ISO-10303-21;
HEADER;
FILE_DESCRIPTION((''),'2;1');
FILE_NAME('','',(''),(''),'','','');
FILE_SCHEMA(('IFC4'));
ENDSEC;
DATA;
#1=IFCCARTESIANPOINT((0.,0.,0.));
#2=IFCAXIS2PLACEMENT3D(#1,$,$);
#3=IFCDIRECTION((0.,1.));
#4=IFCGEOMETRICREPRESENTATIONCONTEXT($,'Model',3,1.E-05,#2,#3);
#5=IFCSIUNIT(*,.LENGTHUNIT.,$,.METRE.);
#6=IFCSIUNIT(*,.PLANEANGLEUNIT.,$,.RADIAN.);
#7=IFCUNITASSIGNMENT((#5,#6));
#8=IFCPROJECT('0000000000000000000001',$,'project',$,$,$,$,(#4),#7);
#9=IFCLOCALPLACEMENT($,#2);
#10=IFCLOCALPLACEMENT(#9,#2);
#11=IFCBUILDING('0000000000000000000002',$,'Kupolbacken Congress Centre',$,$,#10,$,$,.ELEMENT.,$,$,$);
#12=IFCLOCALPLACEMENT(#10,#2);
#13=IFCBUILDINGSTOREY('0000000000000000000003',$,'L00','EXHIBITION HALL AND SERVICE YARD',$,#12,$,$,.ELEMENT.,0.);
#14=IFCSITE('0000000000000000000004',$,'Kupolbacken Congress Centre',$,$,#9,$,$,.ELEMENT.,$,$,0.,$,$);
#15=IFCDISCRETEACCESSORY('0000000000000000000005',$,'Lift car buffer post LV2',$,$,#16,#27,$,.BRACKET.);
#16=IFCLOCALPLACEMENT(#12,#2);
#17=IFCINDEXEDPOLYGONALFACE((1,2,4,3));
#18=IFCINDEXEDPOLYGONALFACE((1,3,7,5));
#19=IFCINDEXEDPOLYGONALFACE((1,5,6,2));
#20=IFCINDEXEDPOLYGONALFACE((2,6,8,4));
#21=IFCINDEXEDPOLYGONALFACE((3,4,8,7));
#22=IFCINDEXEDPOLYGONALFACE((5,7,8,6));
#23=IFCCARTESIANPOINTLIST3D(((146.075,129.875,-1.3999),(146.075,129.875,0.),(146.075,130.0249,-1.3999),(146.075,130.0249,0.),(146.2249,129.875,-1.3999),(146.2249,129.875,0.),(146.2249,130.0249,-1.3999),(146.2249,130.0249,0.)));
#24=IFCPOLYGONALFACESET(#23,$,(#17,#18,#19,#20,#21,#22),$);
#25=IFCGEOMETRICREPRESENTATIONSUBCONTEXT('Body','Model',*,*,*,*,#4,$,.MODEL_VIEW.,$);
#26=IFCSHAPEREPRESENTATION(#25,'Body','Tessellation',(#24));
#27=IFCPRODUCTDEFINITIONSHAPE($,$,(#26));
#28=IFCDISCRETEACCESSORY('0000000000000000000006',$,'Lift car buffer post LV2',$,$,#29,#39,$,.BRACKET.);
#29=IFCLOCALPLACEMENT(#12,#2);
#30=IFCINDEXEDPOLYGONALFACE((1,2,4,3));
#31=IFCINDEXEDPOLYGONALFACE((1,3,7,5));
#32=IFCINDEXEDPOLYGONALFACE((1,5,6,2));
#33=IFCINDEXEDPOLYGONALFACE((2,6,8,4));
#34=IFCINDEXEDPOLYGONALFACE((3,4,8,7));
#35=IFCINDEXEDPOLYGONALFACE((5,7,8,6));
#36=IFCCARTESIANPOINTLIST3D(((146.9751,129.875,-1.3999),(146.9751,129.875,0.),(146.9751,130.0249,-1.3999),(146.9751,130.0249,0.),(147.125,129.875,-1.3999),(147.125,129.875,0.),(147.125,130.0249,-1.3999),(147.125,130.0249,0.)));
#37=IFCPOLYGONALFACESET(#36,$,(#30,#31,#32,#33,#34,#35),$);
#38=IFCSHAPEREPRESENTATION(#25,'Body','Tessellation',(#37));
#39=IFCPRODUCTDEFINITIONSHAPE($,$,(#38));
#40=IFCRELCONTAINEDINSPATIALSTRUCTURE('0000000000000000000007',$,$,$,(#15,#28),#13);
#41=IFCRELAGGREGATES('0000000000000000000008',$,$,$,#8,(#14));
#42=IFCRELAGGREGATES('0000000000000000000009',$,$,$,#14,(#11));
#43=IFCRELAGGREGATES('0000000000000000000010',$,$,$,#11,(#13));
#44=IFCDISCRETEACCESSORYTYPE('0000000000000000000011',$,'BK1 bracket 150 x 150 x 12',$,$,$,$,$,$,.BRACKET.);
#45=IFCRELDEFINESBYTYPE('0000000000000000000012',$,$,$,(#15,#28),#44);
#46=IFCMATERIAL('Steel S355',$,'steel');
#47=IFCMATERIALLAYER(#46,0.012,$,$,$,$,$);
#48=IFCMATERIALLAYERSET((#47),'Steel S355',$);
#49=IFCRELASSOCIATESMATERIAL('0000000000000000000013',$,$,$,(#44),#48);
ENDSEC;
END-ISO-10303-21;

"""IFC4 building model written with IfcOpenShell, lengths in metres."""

from ifc_helpers import new_model, si_unit, direction, frame, origin, origin_2d, place, context, subcontext, project, spatial, rectangle, extrude, material, layer, layer_set, type_object, element, save


model = new_model("IFC4")

# Units and contexts
model_context = context("Model", 3, precision=1e-05, world=origin(), true_north=direction((0.0, 1.0)))
body_context = subcontext(model_context, "Body", "Model", "MODEL_VIEW")
ifc_project = project(units=[si_unit("LENGTHUNIT", "METRE"), si_unit("PLANEANGLEUNIT", "RADIAN")], contexts=[model_context])

# Site, building, storey
site_placement = place(None, origin())
site = spatial("IfcSite", under=ifc_project, at=site_placement, Name="Kupolbacken Congress Centre", CompositionType="ELEMENT", RefElevation=0.0)
building_placement = place(site_placement, origin())
building = spatial("IfcBuilding", under=site, at=building_placement, Name="Kupolbacken Congress Centre", CompositionType="ELEMENT")
storey_placement = place(building_placement, origin())
storey = spatial("IfcBuildingStorey", under=building, at=storey_placement, Name="L00", Description="EXHIBITION HALL AND SERVICE YARD", CompositionType="ELEMENT", Elevation=0.0)

# Discrete accessories
ifc_material_1 = material(Name="Steel S355", Category="steel")
ifc_layer_1 = layer(ifc_material_1, 0.012)
ifc_layer_set_1 = layer_set([ifc_layer_1], Name="Steel S355")
discrete_accessory_type = type_object("IfcDiscreteAccessoryType", Name="BK1 bracket 150 x 150 x 12", PredefinedType="BRACKET", material=ifc_layer_set_1)
for number, where, z_axis, x_axis, name in (
    (1, (146.1499, 129.95, -1.3999), (0.0, 0.0, 1.0), (1.0, 0.0, 0.0), "Lift car buffer post LV2"),
    (2, (147.05, 129.95, -1.3999), (0.0, 0.0, 1.0), (1.0, 0.0, 0.0), "Lift car buffer post LV2"),
):
    element("IfcDiscreteAccessory", number, at=place(storey_placement, frame(where, z_axis=z_axis, x_axis=x_axis)), inside=storey, type_object=discrete_accessory_type, Name=name, PredefinedType="BRACKET", context=body_context, shape_type="SweptSolid", body=[
        extrude(rectangle(XDim=0.1499, YDim=0.1499, at=origin_2d()), origin(), (0.0, 0.0, 1.0), 1.3999),
    ])

save(model, "model.ifc")
